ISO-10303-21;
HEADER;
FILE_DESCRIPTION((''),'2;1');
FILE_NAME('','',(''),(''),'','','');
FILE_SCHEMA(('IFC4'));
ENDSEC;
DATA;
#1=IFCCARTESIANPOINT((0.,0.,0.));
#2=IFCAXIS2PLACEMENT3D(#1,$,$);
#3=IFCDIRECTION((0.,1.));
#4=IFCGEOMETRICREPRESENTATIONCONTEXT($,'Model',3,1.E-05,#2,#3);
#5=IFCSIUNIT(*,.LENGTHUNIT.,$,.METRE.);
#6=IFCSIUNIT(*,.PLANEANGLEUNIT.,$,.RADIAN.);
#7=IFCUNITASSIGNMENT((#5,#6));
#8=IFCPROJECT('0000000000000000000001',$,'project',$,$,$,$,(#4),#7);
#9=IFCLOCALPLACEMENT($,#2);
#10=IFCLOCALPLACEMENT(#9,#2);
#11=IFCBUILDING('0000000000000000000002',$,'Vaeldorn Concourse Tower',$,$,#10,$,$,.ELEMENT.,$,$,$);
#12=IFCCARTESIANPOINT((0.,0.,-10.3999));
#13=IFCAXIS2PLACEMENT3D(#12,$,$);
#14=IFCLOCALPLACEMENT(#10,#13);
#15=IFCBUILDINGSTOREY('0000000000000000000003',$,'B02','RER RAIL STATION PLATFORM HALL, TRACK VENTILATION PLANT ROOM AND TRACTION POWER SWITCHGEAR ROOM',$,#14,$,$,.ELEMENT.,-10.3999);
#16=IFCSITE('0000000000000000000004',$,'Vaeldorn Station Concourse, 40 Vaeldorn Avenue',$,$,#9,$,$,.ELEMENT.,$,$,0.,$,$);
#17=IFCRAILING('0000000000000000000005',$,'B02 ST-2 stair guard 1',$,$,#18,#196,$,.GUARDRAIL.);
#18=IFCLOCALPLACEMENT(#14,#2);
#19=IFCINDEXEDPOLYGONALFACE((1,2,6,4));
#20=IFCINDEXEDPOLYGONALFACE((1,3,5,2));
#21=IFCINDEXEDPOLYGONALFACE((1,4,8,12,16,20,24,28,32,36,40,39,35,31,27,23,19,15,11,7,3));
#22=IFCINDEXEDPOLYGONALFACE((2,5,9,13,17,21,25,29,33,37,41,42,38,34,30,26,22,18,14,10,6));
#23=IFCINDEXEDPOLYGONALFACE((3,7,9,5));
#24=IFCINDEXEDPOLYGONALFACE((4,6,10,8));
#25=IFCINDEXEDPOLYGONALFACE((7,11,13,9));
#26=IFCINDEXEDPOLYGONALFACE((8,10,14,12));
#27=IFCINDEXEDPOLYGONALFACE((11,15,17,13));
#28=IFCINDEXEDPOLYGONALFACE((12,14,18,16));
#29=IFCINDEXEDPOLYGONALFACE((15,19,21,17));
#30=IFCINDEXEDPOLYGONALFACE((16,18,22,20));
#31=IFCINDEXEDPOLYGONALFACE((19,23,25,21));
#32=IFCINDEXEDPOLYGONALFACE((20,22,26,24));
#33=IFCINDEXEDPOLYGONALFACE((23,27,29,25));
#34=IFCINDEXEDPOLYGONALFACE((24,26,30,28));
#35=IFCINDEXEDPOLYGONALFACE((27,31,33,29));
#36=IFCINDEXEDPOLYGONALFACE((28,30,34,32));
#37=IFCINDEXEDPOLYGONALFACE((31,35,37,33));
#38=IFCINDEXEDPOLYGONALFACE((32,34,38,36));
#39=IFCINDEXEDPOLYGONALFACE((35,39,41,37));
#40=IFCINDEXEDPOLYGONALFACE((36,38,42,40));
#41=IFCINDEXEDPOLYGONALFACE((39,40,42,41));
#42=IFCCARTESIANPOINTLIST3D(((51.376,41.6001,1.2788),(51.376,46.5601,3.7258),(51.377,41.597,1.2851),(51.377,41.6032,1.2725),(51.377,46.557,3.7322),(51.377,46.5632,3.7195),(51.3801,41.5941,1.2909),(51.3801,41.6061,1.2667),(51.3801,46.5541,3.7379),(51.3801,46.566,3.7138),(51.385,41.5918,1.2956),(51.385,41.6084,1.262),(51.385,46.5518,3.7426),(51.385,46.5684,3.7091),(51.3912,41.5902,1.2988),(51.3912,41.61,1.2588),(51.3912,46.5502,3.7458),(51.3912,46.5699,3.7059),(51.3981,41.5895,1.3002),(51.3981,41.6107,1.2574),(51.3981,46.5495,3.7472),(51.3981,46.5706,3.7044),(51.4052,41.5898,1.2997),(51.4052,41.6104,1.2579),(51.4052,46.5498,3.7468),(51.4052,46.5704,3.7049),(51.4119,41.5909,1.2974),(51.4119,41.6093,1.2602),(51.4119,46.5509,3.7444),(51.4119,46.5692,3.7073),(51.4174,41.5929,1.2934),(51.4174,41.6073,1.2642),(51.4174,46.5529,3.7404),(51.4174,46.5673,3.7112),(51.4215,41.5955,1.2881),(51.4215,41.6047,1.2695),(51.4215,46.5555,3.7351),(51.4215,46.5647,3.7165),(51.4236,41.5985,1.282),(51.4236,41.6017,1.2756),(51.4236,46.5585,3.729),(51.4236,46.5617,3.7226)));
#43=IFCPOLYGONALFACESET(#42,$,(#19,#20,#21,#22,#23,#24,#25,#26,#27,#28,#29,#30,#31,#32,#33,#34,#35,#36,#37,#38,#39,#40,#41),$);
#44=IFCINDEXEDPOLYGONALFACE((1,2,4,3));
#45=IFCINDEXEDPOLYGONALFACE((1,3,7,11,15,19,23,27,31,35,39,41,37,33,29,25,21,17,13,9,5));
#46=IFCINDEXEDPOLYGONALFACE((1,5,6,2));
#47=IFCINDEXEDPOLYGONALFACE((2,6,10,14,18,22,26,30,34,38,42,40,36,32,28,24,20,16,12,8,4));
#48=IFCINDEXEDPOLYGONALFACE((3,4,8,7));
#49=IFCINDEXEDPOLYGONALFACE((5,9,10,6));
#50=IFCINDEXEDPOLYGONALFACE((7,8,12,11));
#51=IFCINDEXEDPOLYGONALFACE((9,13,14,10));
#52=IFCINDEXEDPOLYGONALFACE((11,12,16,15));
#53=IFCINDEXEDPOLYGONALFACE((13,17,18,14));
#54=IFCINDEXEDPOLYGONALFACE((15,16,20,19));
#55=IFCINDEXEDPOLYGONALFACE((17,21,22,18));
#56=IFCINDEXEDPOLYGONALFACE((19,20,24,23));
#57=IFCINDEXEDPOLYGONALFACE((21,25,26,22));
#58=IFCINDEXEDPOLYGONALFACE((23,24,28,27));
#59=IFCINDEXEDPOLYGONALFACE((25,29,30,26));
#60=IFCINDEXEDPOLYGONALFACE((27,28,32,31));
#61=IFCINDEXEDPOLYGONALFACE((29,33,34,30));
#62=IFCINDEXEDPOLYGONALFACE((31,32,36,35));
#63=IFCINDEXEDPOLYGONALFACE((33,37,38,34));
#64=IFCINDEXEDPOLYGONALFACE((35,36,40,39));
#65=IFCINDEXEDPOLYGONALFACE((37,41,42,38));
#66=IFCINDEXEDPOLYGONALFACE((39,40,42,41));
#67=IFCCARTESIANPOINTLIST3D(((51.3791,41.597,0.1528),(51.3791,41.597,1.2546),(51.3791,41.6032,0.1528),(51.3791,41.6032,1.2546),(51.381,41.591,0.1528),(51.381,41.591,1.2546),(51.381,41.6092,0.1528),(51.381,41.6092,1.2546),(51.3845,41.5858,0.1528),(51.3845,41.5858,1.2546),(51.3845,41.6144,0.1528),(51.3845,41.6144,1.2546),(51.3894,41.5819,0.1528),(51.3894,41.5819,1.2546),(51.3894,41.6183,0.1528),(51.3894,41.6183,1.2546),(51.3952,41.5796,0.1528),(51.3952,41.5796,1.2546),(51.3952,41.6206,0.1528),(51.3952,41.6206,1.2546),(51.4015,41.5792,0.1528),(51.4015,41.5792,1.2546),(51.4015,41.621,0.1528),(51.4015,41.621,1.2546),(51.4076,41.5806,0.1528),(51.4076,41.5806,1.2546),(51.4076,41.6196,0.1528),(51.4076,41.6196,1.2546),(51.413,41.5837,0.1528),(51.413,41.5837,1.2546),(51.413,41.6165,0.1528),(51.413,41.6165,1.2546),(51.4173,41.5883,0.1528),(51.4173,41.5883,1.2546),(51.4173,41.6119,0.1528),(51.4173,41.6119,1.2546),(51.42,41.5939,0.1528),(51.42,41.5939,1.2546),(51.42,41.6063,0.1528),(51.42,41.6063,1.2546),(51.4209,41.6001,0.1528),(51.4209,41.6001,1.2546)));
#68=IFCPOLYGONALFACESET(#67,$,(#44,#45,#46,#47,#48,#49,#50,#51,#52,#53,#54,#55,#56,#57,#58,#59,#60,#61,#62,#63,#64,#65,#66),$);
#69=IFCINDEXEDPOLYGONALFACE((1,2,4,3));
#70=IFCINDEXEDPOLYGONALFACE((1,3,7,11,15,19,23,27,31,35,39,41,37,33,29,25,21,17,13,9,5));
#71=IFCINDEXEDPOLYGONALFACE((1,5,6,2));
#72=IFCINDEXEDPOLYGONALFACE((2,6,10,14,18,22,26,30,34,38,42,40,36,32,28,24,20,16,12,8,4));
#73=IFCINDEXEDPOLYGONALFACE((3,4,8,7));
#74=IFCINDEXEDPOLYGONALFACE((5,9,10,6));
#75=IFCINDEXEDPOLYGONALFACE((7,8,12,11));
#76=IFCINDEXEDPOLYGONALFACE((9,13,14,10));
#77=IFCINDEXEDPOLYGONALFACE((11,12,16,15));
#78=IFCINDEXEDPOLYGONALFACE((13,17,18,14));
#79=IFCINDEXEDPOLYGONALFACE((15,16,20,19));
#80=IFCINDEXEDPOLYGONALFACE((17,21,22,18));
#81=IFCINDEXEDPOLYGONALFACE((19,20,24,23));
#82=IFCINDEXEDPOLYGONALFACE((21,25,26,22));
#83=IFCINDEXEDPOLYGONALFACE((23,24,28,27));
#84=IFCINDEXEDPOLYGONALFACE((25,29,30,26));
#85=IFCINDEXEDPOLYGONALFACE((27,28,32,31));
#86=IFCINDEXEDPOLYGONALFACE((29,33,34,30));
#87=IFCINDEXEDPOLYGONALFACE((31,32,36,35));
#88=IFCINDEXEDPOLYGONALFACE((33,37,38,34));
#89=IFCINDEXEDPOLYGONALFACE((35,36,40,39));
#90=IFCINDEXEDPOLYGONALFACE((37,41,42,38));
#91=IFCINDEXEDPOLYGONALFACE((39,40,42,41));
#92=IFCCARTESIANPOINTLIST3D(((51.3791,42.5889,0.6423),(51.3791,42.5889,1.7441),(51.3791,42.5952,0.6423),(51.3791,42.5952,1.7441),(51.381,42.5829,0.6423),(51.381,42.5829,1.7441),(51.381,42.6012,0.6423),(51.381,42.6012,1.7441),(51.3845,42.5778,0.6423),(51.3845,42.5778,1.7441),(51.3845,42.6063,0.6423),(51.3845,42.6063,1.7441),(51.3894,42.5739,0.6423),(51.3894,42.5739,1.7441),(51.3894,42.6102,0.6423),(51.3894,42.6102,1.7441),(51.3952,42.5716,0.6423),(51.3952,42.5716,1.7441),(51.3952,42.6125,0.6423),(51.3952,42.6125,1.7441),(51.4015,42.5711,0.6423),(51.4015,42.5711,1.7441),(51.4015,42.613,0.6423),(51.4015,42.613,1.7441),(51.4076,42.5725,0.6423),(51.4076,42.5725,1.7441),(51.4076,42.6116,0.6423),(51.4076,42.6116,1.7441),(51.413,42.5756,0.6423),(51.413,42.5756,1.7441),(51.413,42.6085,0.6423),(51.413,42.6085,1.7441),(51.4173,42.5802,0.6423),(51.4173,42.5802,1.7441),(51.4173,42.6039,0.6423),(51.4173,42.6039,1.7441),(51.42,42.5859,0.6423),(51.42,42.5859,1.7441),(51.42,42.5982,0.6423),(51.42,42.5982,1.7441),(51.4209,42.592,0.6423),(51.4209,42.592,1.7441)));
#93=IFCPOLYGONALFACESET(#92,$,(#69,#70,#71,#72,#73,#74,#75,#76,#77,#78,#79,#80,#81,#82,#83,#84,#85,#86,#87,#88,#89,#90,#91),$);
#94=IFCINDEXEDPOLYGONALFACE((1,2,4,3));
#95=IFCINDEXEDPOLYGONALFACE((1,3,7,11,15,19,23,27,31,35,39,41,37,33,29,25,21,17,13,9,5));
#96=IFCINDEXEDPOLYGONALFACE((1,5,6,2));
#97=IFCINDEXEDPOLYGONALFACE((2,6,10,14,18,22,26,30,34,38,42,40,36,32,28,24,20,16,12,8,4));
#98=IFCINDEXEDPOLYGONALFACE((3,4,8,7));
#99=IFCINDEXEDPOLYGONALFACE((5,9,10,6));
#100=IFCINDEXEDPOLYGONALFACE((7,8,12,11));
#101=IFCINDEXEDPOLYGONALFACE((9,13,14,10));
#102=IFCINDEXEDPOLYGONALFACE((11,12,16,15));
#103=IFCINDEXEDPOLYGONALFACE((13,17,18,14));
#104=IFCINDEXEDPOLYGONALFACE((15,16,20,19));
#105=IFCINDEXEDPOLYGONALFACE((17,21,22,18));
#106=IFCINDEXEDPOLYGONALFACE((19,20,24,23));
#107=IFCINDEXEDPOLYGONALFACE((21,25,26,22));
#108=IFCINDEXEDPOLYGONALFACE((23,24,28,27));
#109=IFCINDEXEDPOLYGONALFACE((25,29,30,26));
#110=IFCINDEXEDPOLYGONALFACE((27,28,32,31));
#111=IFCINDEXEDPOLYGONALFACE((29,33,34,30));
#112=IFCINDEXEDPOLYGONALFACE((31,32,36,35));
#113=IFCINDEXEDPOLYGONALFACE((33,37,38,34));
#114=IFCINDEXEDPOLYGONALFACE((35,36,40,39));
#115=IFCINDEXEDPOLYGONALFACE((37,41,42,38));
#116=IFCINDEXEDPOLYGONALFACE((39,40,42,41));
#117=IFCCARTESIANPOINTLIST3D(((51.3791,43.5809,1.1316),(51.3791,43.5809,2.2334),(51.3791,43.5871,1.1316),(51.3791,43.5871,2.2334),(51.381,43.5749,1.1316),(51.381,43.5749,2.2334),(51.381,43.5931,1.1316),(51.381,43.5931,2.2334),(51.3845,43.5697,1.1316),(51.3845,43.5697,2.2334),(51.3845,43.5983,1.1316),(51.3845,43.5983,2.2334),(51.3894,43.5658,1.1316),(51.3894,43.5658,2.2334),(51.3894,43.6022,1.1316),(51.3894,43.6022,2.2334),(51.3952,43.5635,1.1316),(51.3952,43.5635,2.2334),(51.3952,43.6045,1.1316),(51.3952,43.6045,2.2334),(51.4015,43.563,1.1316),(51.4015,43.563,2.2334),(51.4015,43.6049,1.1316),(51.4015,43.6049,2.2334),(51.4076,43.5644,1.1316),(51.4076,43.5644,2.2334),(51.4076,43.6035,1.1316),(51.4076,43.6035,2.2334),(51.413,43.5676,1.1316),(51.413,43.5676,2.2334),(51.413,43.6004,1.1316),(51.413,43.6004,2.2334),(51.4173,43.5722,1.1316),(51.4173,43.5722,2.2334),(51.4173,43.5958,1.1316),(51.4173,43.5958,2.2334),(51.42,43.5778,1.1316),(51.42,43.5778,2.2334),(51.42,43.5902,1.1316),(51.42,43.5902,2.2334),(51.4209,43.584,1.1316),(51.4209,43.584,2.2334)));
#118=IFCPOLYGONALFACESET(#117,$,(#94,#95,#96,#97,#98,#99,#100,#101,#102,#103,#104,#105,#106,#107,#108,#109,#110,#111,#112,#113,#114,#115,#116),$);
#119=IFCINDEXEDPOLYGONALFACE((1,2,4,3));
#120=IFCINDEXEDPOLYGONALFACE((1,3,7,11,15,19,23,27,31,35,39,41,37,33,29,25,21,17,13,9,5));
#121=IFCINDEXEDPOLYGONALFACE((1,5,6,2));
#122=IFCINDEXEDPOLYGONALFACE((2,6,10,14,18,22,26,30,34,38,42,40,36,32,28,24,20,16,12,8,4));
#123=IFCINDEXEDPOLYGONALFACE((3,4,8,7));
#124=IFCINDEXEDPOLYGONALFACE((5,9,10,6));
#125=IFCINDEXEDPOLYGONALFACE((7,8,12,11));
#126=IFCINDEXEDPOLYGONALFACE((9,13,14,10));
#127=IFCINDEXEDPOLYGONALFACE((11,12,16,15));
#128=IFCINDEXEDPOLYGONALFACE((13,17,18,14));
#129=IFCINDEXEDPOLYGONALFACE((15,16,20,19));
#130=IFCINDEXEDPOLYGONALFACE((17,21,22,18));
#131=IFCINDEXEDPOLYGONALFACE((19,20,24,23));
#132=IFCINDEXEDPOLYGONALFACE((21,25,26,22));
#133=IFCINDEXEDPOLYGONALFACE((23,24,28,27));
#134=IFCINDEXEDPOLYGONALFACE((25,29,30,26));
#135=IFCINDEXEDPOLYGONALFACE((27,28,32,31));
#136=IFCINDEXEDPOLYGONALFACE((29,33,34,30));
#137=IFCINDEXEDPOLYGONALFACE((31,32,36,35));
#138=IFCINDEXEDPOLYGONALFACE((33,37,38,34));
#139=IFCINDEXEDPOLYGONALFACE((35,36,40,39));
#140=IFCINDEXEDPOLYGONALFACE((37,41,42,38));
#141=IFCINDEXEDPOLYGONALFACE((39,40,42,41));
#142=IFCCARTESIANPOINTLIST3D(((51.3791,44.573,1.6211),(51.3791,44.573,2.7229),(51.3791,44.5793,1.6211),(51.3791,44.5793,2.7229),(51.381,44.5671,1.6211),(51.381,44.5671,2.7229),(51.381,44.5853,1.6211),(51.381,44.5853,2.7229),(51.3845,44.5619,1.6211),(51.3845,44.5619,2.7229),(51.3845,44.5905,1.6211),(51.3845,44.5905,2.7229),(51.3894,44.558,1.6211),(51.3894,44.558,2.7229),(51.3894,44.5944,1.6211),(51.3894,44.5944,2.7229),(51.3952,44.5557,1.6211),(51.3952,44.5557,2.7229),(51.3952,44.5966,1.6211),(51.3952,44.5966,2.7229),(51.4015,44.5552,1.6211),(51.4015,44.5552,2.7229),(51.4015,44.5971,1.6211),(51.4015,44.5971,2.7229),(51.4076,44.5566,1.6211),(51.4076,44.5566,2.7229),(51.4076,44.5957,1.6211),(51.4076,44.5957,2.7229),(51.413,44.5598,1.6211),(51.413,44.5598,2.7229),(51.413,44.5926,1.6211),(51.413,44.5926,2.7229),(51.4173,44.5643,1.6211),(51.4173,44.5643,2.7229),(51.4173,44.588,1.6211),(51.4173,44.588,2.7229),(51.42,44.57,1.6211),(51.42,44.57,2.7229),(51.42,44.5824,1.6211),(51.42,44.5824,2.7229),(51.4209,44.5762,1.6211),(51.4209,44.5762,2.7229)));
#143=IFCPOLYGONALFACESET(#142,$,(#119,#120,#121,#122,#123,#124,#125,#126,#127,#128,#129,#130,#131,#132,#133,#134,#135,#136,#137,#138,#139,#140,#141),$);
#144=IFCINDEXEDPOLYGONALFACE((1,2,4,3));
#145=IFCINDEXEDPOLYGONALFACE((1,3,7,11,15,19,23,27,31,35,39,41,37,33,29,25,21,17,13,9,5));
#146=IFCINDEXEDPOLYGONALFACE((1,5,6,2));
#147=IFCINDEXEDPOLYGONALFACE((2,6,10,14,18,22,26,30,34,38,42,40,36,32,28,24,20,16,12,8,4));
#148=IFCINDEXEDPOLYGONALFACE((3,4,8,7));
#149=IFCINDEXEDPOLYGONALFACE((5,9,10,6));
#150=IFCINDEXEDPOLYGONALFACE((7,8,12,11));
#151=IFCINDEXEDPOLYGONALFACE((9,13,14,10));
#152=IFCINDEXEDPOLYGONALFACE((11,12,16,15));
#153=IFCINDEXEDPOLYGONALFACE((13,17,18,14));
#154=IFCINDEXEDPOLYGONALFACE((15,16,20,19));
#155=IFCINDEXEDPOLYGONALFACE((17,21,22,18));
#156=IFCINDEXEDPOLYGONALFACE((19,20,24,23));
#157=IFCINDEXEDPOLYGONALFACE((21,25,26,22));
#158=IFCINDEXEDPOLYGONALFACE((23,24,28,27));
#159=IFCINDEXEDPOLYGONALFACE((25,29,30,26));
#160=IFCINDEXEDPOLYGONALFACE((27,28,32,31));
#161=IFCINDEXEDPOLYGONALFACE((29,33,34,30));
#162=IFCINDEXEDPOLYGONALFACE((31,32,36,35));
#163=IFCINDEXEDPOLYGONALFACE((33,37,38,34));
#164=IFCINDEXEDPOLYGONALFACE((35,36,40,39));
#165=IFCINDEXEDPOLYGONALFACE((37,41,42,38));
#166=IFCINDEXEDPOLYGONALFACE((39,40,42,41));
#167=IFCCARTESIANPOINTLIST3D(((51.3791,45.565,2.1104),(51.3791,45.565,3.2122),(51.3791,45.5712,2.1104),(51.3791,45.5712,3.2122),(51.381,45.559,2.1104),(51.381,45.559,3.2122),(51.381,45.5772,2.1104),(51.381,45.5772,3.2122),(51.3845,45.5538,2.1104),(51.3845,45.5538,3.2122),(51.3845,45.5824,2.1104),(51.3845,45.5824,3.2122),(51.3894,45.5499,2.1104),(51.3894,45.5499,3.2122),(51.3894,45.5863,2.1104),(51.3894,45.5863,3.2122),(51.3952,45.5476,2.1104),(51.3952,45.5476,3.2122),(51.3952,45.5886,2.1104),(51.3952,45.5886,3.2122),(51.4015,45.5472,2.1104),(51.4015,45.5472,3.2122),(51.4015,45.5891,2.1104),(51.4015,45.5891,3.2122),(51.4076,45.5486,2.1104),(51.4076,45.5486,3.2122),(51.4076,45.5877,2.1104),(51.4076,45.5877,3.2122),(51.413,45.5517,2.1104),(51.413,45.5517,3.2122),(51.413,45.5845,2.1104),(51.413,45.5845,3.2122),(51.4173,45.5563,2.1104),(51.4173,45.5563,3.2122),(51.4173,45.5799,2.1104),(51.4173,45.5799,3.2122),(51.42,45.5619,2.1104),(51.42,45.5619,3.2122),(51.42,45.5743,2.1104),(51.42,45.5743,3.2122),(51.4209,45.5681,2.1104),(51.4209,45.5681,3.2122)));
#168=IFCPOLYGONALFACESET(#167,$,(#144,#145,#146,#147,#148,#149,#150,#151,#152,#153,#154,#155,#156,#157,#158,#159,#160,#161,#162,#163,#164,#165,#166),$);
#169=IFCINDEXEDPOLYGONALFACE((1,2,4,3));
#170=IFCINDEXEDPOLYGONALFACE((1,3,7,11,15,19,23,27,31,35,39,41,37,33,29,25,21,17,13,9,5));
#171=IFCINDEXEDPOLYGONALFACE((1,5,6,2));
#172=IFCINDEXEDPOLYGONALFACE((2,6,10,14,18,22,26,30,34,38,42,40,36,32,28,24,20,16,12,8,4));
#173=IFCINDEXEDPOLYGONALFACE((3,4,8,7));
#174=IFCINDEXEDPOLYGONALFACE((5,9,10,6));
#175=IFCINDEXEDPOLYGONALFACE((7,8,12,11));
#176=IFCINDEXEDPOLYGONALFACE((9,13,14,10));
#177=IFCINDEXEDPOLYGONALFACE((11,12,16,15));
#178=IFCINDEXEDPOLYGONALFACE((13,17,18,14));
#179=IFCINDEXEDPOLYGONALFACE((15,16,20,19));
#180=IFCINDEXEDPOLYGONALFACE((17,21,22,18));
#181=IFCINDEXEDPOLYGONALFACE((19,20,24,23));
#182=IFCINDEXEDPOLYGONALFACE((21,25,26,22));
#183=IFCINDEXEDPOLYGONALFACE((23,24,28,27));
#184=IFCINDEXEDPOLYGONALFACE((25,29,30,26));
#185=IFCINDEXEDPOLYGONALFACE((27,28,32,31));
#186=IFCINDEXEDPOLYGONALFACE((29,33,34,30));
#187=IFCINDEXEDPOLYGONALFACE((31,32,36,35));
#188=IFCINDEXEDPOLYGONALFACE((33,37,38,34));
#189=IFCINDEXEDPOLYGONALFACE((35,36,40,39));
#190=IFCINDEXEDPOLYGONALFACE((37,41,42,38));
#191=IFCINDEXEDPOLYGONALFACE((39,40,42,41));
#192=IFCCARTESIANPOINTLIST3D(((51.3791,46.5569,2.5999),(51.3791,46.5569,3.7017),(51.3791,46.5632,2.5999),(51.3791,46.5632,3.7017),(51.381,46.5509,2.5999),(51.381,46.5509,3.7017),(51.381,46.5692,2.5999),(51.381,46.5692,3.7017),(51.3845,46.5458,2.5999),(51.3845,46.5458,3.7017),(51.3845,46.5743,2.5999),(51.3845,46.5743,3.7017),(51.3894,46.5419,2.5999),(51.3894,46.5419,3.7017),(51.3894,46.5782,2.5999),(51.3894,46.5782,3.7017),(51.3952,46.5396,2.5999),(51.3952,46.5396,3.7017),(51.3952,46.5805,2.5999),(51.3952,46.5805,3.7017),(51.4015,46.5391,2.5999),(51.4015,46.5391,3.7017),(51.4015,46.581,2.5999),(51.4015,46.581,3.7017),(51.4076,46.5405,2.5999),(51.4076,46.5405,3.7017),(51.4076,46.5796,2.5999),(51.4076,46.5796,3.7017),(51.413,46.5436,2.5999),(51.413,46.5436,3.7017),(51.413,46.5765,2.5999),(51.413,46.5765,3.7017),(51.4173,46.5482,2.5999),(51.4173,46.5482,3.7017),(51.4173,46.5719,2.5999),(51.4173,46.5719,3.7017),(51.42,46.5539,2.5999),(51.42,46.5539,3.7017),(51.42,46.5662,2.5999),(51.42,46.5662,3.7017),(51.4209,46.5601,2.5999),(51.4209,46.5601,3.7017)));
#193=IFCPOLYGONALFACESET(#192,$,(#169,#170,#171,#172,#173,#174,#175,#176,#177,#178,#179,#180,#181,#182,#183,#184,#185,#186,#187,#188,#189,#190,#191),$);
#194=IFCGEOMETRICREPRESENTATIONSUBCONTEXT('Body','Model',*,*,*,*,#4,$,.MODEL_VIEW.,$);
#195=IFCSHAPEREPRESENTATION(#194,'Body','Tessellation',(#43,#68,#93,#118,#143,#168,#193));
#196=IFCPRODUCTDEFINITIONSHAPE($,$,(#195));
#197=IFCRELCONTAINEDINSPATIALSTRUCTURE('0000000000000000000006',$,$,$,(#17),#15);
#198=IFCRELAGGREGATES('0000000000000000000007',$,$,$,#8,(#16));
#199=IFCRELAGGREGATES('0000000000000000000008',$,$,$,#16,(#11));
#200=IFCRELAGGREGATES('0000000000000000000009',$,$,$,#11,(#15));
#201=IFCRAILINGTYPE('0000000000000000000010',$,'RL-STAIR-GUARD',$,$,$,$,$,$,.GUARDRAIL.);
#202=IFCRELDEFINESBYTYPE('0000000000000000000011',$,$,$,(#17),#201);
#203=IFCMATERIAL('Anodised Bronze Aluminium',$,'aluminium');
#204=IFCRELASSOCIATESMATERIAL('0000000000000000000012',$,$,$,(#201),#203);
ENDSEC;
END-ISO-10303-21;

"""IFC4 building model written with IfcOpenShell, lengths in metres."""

from ifc_helpers import new_model, si_unit, direction, frame, origin, origin_2d, place, context, subcontext, project, spatial, circle, extrude, material, type_object, element, save


model = new_model("IFC4")

# Units and contexts
model_context = context("Model", 3, precision=1e-05, world=origin(), true_north=direction((0.0, 1.0)))
body_context = subcontext(model_context, "Body", "Model", "MODEL_VIEW")
ifc_project = project(units=[si_unit("LENGTHUNIT", "METRE"), si_unit("PLANEANGLEUNIT", "RADIAN")], contexts=[model_context])

# Site, building, storey
site_placement = place(None, origin())
site = spatial("IfcSite", under=ifc_project, at=site_placement, Name="Vaeldorn Station Concourse, 40 Vaeldorn Avenue", CompositionType="ELEMENT", RefElevation=0.0)
building_placement = place(site_placement, origin())
building = spatial("IfcBuilding", under=site, at=building_placement, Name="Vaeldorn Concourse Tower", CompositionType="ELEMENT")
storey_placement = place(building_placement, frame((0.0, 0.0, -10.3999)))
storey = spatial("IfcBuildingStorey", under=building, at=storey_placement, Name="B02", Description="RER RAIL STATION PLATFORM HALL, TRACK VENTILATION PLANT ROOM AND TRACTION POWER SWITCHGEAR ROOM", CompositionType="ELEMENT", Elevation=-10.3999)

# Shared definitions
ifc_material_1 = material(Name="Anodised Bronze Aluminium", Category="aluminium")

# Railing
railing_type_1 = type_object("IfcRailingType", Name="RL-STAIR-GUARD", PredefinedType="GUARDRAIL", material=ifc_material_1)
railing_1_placement = place(storey_placement, frame((51.3999, 41.6001, 0.1528)))
element("IfcRailing", 1, at=railing_1_placement, inside=storey, type_object=railing_type_1, Name="B02 ST-2 stair guard 1", PredefinedType="GUARDRAIL", context=body_context, shape_type="SweptSolid", body=[
    extrude(circle(Radius=0.0239, at=origin_2d()), frame((0.0, 0.0, 1.126), z_axis=(0.0, 0.896798, 0.44244), x_axis=(-1.0, 0.0, 0.0)), (0.0, 0.0, 1.0), 5.5308),
    extrude(circle(Radius=0.021, at=origin_2d()), origin(), (0.0, 0.0, 1.0), 1.1018),
    extrude(circle(Radius=0.021, at=origin_2d()), frame((0.0, 0.9919, 0.4895)), (0.0, 0.0, 1.0), 1.1018),
    extrude(circle(Radius=0.021, at=origin_2d()), frame((0.0, 1.9839, 0.9788)), (0.0, 0.0, 1.0), 1.1018),
    extrude(circle(Radius=0.021, at=origin_2d()), frame((0.0, 2.9761, 1.4683)), (0.0, 0.0, 1.0), 1.1018),
    extrude(circle(Radius=0.021, at=origin_2d()), frame((0.0, 3.968, 1.9575)), (0.0, 0.0, 1.0), 1.1018),
    extrude(circle(Radius=0.021, at=origin_2d()), frame((0.0, 4.96, 2.447)), (0.0, 0.0, 1.0), 1.1018),
])

save(model, "model.ifc")
